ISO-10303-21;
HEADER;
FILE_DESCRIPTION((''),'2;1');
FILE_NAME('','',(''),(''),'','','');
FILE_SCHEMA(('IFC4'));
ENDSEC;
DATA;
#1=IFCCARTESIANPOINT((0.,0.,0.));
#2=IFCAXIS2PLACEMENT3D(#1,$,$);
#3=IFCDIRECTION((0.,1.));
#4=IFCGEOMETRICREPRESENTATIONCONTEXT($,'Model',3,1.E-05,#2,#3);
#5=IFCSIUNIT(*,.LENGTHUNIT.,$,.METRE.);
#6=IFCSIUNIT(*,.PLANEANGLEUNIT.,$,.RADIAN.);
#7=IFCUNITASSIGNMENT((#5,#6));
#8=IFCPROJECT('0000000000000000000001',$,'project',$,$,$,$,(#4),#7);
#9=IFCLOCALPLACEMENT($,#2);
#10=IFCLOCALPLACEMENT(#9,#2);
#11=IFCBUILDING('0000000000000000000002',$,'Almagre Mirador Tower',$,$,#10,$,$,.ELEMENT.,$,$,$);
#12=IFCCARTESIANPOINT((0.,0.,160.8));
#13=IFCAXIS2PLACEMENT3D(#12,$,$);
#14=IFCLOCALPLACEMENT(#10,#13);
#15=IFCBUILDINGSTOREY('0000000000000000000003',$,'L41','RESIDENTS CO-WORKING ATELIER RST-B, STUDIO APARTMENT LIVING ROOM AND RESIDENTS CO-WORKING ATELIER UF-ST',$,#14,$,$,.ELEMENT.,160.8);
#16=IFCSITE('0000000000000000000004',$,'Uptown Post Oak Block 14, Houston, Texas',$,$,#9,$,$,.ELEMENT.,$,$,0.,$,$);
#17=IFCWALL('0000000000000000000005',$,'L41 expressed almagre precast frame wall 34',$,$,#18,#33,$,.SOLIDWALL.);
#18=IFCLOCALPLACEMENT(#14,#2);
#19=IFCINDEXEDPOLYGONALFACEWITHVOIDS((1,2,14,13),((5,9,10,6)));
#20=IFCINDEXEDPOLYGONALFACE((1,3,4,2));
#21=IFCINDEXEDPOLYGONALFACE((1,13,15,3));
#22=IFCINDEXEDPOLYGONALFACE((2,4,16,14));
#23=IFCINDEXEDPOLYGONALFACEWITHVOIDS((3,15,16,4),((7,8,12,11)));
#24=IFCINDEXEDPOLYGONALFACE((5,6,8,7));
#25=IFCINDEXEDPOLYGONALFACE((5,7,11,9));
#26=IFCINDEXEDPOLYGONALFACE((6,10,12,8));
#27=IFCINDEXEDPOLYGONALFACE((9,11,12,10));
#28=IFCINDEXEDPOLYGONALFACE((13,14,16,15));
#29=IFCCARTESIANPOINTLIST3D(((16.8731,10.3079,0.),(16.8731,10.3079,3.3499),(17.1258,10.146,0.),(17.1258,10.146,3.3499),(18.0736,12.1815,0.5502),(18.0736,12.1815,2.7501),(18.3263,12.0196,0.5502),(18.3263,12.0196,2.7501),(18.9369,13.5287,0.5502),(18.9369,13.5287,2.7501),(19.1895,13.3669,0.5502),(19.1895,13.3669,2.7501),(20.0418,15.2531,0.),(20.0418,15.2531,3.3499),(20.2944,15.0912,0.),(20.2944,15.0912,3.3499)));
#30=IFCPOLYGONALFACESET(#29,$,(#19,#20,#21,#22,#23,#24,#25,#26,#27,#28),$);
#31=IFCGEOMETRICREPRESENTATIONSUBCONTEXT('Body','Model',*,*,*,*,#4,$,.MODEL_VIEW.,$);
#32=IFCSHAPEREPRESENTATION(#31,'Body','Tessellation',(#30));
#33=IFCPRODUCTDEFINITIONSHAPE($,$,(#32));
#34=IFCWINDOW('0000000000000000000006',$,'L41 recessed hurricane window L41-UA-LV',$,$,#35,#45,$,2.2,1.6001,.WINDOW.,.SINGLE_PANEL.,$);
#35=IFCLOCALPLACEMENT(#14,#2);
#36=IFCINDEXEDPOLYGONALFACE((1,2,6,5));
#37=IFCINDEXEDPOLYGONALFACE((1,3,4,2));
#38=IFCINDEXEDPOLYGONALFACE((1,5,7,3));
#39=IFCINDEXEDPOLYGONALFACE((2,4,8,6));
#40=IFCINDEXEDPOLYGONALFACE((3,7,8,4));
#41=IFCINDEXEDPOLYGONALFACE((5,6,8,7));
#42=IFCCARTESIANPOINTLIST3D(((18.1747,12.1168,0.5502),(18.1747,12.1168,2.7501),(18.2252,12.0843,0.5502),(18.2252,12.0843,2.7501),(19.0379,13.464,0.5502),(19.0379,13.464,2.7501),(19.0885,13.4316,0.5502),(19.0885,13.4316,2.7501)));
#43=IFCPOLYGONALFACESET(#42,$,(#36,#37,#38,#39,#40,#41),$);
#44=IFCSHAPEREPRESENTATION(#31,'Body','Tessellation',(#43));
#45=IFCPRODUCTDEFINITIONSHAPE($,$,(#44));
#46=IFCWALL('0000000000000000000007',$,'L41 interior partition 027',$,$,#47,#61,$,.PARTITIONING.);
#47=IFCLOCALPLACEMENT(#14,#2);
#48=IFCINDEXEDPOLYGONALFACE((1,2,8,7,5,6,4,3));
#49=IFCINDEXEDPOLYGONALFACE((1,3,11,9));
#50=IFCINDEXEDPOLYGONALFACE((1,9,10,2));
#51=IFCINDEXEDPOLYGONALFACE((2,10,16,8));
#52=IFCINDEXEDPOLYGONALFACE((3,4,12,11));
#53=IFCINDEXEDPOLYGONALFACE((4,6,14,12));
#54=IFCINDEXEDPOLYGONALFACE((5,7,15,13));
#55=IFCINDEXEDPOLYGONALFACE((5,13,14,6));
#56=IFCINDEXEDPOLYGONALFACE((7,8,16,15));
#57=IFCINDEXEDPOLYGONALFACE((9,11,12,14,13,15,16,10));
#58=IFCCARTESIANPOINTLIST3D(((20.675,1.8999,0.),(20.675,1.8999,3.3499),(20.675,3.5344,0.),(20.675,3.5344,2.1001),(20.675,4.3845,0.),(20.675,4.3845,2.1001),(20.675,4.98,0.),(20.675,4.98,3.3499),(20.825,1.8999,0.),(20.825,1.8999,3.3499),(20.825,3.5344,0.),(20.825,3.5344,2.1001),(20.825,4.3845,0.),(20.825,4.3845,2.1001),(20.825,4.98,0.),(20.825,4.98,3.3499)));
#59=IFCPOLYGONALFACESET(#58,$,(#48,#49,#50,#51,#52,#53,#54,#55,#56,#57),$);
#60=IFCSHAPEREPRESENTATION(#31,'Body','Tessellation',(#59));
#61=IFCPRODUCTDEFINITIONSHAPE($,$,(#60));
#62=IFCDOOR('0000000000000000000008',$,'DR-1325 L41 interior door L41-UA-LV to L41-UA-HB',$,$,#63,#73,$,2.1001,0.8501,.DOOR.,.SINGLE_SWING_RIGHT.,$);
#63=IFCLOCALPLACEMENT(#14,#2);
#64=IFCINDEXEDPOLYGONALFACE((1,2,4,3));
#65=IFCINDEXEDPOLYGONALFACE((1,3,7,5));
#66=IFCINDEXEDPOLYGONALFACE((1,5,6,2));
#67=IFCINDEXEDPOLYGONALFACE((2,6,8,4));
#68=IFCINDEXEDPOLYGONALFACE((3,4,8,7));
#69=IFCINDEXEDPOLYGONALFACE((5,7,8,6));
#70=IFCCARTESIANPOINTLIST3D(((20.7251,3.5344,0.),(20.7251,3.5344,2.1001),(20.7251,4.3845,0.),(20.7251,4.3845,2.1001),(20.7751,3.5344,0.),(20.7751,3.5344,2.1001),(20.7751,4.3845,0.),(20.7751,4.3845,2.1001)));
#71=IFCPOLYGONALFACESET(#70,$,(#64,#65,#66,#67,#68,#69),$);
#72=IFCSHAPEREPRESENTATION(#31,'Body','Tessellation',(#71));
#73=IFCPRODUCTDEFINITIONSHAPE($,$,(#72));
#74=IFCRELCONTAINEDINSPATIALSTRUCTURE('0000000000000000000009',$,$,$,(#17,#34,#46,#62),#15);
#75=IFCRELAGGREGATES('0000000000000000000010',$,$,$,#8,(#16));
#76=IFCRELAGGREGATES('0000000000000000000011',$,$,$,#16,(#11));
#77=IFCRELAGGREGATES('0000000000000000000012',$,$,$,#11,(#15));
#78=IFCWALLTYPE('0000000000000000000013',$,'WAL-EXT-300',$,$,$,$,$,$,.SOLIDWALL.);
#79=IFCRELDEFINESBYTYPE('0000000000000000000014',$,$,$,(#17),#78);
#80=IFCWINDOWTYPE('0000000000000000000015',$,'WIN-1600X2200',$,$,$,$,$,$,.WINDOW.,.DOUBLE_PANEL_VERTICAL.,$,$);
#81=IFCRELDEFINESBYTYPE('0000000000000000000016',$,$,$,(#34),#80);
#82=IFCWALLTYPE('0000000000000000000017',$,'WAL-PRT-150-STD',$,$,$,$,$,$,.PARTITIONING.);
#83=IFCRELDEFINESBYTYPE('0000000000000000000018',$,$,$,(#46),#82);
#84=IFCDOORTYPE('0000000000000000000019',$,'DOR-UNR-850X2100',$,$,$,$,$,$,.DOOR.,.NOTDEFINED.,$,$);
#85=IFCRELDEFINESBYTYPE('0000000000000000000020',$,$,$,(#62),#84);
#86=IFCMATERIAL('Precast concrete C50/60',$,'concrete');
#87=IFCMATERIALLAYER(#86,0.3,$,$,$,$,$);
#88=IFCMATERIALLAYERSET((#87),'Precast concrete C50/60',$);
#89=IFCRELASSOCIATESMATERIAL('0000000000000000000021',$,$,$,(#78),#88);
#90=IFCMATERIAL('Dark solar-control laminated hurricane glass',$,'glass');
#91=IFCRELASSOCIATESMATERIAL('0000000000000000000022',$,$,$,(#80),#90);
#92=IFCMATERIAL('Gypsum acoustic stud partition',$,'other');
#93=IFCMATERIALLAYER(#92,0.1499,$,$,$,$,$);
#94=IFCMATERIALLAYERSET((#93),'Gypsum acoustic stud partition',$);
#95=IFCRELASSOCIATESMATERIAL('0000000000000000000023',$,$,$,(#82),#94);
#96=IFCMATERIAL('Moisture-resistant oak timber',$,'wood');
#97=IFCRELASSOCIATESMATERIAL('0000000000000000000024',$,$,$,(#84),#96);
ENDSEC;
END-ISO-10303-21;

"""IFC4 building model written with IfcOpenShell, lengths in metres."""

from ifc_helpers import new_model, si_unit, direction, frame, frame_2d, origin, place, context, subcontext, project, spatial, rectangle, extrude, material, layer, layer_set, type_object, element, fill, save


model = new_model("IFC4")

# Units and contexts
model_context = context("Model", 3, precision=1e-05, world=origin(), true_north=direction((0.0, 1.0)))
body_context = subcontext(model_context, "Body", "Model", "MODEL_VIEW")
ifc_project = project(units=[si_unit("LENGTHUNIT", "METRE"), si_unit("PLANEANGLEUNIT", "RADIAN")], contexts=[model_context])

# Site, building, storey
site_placement = place(None, origin())
site = spatial("IfcSite", under=ifc_project, at=site_placement, Name="Uptown Post Oak Block 14, Houston, Texas", CompositionType="ELEMENT", RefElevation=0.0)
building_placement = place(site_placement, origin())
building = spatial("IfcBuilding", under=site, at=building_placement, Name="Almagre Mirador Tower", CompositionType="ELEMENT")
storey_placement = place(building_placement, frame((0.0, 0.0, 160.8)))
storey = spatial("IfcBuildingStorey", under=building, at=storey_placement, Name="L41", Description="RESIDENTS CO-WORKING ATELIER RST-B, STUDIO APARTMENT LIVING ROOM AND RESIDENTS CO-WORKING ATELIER UF-ST", CompositionType="ELEMENT", Elevation=160.8)

# Shared definitions
ifc_material_1 = material(Name="Precast concrete C50/60", Category="concrete")
ifc_layer_1 = layer(ifc_material_1, 0.3)
ifc_layer_set_1 = layer_set([ifc_layer_1], Name="Precast concrete C50/60")
wall_type_1 = type_object("IfcWallType", Name="WAL-EXT-300", PredefinedType="SOLIDWALL", material=ifc_layer_set_1)

# Wall, opening, window
wall_1_placement = place(storey_placement, frame((16.9995, 10.2271, 0.0), z_axis=(0.0, 0.0, 1.0), x_axis=(0.539501, 0.841985, 0.0)))
wall_1 = element("IfcWall", 1, at=wall_1_placement, inside=storey, type_object=wall_type_1, Name="L41 expressed almagre precast frame wall 34", PredefinedType="SOLIDWALL", context=body_context, shape_type="SweptSolid", body=[
    extrude(rectangle(XDim=5.8733, YDim=0.3, at=frame_2d((2.9365, 0.0))), origin(), (0.0, 0.0, 1.0), 3.3499),
])
opening_1_placement = place(wall_1_placement, frame((2.2251, 0.0, 0.55)))
opening_1 = element("IfcOpeningElement", 2, at=opening_1_placement, cuts=wall_1, PredefinedType="OPENING", context=body_context, shape_type="SweptSolid", body=[
    extrude(rectangle(XDim=1.6001, YDim=2.2, at=frame_2d((0.8, 1.1001))), frame((0.0, 0.1599, 0.0), z_axis=(0.0, -1.0, 0.0), x_axis=(1.0, 0.0, 0.0)), (0.0, 0.0, 1.0), 0.32),
])
ifc_material_2 = material(Name="Dark solar-control laminated hurricane glass", Category="glass")
window_type_1 = type_object("IfcWindowType", Name="WIN-1600X2200", PartitioningType="DOUBLE_PANEL_VERTICAL", PredefinedType="WINDOW", material=ifc_material_2)
window_1_placement = place(opening_1_placement, origin())
window_1 = element("IfcWindow", 3, at=window_1_placement, inside=storey, type_object=window_type_1, Name="L41 recessed hurricane window L41-UA-LV", OverallHeight=2.2, OverallWidth=1.6001, PartitioningType="SINGLE_PANEL", PredefinedType="WINDOW", context=body_context, shape_type="SweptSolid", body=[
    extrude(rectangle(XDim=1.6001, YDim=2.2, at=frame_2d((0.8, 1.1001))), frame((0.0, 0.03, 0.0), z_axis=(0.0, -1.0, 0.0), x_axis=(1.0, 0.0, 0.0)), (0.0, 0.0, 1.0), 0.0601),
])
fill(opening_1, window_1)

# Wall, opening, door
ifc_material_3 = material(Name="Gypsum acoustic stud partition", Category="other")
ifc_layer_2 = layer(ifc_material_3, 0.1499)
ifc_layer_set_2 = layer_set([ifc_layer_2], Name="Gypsum acoustic stud partition")
wall_type_2 = type_object("IfcWallType", Name="WAL-PRT-150-STD", PredefinedType="PARTITIONING", material=ifc_layer_set_2)
wall_2_placement = place(storey_placement, frame((20.75, 1.8999, 0.0), z_axis=(0.0, 0.0, 1.0), x_axis=(0.0, 1.0, 0.0)))
wall_2 = element("IfcWall", 4, at=wall_2_placement, inside=storey, type_object=wall_type_2, Name="L41 interior partition 027", PredefinedType="PARTITIONING", context=body_context, shape_type="SweptSolid", body=[
    extrude(rectangle(XDim=3.0801, YDim=0.1499, at=frame_2d((1.54, 0.0))), origin(), (0.0, 0.0, 1.0), 3.3499),
])
opening_2_placement = place(wall_2_placement, frame((1.6345, 0.0, 0.0)))
opening_2 = element("IfcOpeningElement", 5, at=opening_2_placement, cuts=wall_2, PredefinedType="OPENING", context=body_context, shape_type="SweptSolid", body=[
    extrude(rectangle(XDim=0.8501, YDim=2.1001, at=frame_2d((0.425, 1.05))), frame((0.0, 0.085, 0.0), z_axis=(0.0, -1.0, 0.0), x_axis=(1.0, 0.0, 0.0)), (0.0, 0.0, 1.0), 0.1699),
])
ifc_material_4 = material(Name="Moisture-resistant oak timber", Category="wood")
door_type_1 = type_object("IfcDoorType", Name="DOR-UNR-850X2100", OperationType="NOTDEFINED", PredefinedType="DOOR", material=ifc_material_4)
door_1_placement = place(opening_2_placement, origin())
door_1 = element("IfcDoor", 6, at=door_1_placement, inside=storey, type_object=door_type_1, Name="DR-1325 L41 interior door L41-UA-LV to L41-UA-HB", OperationType="SINGLE_SWING_RIGHT", OverallHeight=2.1001, OverallWidth=0.8501, PredefinedType="DOOR", context=body_context, shape_type="SweptSolid", body=[
    extrude(rectangle(XDim=0.8501, YDim=2.1001, at=frame_2d((0.425, 1.05))), frame((0.0, 0.0249, 0.0), z_axis=(0.0, -1.0, 0.0), x_axis=(1.0, 0.0, 0.0)), (0.0, 0.0, 1.0), 0.05),
])
fill(opening_2, door_1)

save(model, "model.ifc")
